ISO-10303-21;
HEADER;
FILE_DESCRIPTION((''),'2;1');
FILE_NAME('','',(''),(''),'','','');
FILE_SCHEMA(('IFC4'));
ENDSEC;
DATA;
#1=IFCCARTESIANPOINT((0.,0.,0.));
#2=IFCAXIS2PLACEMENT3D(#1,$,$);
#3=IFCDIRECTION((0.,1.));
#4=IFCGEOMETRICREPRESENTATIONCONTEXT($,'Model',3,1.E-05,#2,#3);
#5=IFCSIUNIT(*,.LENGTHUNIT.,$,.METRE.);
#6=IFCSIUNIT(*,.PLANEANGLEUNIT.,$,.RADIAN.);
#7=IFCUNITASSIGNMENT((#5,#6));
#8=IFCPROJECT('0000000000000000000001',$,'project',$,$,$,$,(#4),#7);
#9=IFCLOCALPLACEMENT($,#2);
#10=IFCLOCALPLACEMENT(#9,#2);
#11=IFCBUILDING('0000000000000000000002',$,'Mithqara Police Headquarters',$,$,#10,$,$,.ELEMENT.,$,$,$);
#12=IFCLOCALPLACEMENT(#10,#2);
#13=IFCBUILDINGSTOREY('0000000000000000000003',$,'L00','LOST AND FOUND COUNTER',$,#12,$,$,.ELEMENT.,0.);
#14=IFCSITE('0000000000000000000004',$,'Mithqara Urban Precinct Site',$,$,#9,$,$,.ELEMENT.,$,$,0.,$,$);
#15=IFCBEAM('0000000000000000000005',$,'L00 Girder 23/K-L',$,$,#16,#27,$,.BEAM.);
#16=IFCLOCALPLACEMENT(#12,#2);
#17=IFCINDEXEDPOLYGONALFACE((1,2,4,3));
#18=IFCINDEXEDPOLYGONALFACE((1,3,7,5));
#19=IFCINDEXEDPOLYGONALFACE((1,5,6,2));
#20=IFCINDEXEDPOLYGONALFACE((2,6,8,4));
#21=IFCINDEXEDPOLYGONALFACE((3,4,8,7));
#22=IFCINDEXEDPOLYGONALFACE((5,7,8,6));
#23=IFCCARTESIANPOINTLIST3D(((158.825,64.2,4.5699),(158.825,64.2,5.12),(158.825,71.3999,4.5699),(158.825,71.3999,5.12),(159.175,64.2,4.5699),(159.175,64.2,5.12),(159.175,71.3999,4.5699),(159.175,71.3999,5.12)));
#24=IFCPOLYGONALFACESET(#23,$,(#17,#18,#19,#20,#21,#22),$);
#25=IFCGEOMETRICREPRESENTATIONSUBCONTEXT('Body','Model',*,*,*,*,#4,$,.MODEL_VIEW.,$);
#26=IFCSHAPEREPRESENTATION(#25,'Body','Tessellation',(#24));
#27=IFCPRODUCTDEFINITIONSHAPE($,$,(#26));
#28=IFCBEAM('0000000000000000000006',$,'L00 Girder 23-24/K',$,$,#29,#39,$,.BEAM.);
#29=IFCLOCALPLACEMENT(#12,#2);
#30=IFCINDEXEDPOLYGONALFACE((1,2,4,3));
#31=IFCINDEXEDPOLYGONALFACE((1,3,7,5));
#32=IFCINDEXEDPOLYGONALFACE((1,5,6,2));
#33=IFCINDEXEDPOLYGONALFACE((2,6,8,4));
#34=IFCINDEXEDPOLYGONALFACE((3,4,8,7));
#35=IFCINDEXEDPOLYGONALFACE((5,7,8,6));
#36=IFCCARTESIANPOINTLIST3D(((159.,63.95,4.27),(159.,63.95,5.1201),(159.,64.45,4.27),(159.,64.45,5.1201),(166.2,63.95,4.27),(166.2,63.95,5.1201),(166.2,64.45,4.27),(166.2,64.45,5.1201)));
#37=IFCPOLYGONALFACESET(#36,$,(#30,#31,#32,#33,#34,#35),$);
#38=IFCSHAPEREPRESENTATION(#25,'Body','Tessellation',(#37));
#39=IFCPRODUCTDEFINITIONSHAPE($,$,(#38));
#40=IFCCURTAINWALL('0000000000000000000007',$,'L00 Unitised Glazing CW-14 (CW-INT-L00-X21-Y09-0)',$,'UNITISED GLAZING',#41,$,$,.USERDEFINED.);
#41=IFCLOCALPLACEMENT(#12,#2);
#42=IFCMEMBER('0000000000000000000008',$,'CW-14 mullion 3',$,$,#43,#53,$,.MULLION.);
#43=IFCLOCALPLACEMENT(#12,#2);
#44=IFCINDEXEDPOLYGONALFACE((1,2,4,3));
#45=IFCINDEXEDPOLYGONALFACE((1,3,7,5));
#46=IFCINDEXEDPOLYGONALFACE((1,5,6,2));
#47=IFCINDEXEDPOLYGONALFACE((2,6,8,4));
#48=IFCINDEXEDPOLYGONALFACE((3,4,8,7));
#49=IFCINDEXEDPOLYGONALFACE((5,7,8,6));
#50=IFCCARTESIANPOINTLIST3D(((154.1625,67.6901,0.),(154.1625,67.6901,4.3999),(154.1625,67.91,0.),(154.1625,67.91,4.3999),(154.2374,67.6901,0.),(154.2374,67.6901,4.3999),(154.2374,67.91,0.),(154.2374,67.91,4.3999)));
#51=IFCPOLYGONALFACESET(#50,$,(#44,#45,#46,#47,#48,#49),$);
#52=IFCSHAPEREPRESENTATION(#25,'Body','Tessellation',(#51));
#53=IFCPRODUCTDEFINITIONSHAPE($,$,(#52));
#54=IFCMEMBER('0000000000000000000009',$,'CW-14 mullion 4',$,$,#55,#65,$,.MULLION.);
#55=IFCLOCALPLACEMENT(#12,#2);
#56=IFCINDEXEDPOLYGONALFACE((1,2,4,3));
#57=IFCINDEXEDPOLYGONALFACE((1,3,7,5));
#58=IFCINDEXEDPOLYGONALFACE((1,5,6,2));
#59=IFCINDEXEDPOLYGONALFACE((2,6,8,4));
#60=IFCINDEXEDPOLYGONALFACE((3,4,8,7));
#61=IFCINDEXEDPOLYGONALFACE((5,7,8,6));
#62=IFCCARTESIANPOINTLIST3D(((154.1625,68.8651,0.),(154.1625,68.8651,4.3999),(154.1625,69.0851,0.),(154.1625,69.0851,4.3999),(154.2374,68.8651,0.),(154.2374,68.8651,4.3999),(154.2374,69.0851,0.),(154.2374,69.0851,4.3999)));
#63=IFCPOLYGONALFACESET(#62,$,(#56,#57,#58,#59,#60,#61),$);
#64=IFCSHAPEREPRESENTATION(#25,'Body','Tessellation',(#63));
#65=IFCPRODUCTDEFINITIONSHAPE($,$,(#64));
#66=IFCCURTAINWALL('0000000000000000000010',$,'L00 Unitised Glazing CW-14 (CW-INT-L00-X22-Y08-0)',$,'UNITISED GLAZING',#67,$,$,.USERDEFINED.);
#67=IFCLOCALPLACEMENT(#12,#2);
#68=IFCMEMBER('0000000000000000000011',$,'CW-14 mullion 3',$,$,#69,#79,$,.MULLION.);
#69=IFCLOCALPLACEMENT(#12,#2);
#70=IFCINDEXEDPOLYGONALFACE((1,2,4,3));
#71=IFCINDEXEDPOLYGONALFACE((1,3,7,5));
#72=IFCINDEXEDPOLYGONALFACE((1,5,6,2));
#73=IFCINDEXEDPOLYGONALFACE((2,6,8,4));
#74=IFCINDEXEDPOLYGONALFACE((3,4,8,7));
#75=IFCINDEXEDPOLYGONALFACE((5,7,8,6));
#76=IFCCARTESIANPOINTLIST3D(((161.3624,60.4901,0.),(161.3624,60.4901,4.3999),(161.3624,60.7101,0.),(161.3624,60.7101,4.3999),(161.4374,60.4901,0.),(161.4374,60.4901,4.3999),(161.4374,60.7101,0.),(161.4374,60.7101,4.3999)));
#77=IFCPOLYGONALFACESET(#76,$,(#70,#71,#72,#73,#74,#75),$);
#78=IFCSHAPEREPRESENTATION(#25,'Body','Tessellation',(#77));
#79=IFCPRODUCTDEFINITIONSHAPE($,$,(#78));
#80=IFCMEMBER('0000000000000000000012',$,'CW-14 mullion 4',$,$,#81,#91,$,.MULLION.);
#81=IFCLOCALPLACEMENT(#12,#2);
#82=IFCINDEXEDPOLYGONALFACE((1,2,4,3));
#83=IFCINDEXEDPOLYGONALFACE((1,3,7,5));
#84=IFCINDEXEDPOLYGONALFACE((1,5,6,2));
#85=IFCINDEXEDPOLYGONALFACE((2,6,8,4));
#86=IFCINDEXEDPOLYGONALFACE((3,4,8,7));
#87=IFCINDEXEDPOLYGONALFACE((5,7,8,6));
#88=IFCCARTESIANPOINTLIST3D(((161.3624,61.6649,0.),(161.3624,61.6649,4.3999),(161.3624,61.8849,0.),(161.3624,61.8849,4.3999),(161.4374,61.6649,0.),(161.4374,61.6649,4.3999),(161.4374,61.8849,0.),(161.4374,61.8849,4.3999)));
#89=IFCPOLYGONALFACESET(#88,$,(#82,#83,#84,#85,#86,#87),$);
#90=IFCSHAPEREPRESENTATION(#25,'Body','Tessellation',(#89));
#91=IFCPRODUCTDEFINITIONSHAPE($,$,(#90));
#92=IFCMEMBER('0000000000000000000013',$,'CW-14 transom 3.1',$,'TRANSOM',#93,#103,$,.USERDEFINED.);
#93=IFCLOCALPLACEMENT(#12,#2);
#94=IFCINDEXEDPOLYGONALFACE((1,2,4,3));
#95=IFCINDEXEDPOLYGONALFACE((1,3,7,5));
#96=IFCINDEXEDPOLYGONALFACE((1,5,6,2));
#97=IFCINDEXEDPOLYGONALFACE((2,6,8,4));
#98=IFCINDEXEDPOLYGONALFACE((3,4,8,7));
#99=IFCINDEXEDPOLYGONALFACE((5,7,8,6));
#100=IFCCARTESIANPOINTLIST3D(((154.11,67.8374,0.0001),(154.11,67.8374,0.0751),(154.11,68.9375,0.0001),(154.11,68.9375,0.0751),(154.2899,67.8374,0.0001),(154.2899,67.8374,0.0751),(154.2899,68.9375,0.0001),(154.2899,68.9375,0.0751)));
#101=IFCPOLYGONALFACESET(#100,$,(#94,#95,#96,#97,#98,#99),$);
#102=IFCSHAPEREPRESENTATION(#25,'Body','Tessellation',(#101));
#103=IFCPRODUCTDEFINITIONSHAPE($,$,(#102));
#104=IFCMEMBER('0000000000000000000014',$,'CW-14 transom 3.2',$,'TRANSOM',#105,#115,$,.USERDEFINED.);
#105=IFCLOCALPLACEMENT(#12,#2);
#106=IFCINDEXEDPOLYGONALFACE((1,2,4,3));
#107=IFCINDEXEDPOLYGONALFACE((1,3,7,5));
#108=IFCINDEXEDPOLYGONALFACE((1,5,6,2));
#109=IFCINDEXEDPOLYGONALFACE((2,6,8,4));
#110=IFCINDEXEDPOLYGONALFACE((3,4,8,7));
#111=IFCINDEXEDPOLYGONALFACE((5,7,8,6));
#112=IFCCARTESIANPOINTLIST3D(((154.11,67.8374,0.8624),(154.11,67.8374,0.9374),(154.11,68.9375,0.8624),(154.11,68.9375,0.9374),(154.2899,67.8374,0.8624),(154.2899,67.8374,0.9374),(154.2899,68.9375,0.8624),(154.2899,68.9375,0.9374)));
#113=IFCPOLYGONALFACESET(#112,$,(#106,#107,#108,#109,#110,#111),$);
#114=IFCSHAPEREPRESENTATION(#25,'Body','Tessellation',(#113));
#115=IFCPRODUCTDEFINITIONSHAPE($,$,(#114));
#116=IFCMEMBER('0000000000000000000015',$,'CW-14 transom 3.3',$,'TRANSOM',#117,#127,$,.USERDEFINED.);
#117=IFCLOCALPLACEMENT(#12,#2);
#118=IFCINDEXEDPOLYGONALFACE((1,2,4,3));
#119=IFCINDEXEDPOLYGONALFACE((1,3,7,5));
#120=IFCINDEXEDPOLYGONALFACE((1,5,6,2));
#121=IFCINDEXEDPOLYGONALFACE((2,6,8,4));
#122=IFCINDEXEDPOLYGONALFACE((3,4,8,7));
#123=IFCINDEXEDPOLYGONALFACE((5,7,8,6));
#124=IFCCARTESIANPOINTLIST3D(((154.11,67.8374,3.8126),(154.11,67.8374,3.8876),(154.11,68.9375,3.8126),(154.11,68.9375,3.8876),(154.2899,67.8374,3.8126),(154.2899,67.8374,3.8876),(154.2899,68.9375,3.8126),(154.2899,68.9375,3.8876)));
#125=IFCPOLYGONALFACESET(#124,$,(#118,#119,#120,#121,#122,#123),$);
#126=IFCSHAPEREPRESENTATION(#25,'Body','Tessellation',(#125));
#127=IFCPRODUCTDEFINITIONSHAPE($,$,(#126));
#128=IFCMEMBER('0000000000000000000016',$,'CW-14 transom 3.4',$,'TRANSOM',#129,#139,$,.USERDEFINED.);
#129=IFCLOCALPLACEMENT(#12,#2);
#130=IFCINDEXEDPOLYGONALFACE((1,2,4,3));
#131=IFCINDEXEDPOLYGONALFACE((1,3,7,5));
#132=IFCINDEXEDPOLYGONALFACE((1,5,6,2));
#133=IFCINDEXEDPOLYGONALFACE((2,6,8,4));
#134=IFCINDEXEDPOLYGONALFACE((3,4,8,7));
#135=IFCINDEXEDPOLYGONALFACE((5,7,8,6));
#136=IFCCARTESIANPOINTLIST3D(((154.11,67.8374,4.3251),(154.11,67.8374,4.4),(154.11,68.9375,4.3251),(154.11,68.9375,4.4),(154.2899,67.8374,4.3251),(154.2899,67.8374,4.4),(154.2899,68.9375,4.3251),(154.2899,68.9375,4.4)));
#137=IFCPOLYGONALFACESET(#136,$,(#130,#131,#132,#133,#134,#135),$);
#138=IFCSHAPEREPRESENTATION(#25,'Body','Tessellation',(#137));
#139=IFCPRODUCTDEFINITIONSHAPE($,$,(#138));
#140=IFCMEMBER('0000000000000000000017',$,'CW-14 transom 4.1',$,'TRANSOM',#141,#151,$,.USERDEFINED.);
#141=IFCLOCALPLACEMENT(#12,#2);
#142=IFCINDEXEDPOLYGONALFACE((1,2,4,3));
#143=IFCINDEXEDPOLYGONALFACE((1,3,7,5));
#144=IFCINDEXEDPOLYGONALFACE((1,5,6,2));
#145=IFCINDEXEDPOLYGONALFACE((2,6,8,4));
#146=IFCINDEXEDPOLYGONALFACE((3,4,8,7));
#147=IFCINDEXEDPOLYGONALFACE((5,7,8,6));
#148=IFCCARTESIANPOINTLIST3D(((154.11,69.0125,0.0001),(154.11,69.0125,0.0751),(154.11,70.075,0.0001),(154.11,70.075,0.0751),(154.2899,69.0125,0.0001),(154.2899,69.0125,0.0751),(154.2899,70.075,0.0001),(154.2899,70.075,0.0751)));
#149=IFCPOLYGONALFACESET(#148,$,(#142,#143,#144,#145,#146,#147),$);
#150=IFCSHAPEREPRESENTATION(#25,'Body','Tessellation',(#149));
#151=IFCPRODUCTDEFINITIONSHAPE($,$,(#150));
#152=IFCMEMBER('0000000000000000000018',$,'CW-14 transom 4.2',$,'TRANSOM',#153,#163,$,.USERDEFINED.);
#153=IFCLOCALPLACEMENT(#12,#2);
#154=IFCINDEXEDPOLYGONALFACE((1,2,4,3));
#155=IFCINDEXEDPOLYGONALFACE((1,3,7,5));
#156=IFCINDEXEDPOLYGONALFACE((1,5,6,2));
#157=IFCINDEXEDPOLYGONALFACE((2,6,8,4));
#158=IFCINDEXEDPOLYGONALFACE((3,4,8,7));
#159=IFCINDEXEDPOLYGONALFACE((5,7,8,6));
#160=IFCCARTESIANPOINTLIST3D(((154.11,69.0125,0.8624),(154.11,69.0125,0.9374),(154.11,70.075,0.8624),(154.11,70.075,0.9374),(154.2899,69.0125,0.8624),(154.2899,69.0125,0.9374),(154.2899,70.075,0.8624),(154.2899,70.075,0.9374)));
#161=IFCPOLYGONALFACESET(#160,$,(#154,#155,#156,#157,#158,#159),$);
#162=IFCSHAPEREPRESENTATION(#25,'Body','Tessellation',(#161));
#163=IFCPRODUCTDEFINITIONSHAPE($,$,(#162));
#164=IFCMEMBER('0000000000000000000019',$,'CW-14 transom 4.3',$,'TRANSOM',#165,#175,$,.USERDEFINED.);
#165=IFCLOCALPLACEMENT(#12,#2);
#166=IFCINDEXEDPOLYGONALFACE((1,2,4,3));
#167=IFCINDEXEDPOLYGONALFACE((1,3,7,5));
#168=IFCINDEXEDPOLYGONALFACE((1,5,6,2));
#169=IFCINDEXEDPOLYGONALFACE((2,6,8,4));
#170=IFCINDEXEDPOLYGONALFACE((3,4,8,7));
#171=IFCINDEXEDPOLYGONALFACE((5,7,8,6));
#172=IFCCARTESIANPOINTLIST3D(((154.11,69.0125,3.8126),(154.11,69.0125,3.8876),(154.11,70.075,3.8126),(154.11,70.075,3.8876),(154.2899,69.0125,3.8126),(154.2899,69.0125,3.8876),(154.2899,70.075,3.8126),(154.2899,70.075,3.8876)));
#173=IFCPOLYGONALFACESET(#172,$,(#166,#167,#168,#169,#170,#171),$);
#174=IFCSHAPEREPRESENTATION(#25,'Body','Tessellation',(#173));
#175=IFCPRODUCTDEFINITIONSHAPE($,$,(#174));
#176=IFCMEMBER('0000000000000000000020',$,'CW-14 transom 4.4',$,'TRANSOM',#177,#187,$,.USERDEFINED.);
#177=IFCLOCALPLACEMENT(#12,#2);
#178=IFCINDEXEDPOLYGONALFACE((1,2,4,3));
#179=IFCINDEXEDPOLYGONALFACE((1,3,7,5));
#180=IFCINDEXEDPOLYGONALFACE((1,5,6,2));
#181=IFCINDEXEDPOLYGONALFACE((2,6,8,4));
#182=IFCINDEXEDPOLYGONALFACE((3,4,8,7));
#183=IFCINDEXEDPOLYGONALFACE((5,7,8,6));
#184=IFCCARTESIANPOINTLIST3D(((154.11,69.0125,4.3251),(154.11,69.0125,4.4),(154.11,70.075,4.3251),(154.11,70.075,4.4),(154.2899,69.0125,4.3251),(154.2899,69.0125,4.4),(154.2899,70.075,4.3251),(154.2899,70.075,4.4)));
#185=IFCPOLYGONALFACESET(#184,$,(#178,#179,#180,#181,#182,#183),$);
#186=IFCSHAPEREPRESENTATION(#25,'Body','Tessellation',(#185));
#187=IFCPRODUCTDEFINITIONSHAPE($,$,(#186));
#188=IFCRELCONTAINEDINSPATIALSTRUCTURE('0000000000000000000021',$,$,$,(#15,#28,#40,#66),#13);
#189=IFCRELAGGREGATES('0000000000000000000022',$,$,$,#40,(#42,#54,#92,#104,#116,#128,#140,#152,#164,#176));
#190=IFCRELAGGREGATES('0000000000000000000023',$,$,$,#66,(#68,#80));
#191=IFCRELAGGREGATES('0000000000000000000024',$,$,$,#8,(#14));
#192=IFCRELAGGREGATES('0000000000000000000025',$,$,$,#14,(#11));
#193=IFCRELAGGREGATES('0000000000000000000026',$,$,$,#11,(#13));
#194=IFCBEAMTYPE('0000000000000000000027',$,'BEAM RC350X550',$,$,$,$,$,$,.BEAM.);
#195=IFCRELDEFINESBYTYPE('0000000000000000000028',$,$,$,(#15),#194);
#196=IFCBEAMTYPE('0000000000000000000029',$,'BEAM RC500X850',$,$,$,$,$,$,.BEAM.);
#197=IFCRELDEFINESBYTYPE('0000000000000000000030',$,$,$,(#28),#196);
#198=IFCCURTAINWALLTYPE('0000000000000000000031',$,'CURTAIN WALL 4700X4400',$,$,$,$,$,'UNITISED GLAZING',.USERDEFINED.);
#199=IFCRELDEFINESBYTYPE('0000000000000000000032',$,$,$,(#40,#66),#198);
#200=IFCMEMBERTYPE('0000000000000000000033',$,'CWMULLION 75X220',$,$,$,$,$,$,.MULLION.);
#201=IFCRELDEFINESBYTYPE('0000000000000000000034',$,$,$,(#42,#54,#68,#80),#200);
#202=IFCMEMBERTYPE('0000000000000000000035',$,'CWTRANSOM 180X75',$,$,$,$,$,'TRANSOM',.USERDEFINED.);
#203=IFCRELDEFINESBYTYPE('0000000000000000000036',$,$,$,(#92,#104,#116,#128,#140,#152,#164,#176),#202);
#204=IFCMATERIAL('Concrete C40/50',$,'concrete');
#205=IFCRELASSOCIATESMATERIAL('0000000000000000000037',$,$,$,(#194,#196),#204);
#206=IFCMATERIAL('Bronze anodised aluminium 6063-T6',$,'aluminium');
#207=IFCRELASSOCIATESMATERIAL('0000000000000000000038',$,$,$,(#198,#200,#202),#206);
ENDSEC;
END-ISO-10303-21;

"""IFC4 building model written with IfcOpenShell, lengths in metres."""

from ifc_helpers import new_model, si_unit, direction, frame, origin, origin_2d, place, context, subcontext, project, spatial, rectangle, extrude, material, material_profile, profile_set, type_object, element, aggregate, save


model = new_model("IFC4")

# Units and contexts
model_context = context("Model", 3, precision=1e-05, world=origin(), true_north=direction((0.0, 1.0)))
body_context = subcontext(model_context, "Body", "Model", "MODEL_VIEW")
ifc_project = project(units=[si_unit("LENGTHUNIT", "METRE"), si_unit("PLANEANGLEUNIT", "RADIAN")], contexts=[model_context])

# Site, building, storey
site_placement = place(None, origin())
site = spatial("IfcSite", under=ifc_project, at=site_placement, Name="Mithqara Urban Precinct Site", CompositionType="ELEMENT", RefElevation=0.0)
building_placement = place(site_placement, origin())
building = spatial("IfcBuilding", under=site, at=building_placement, Name="Mithqara Police Headquarters", CompositionType="ELEMENT")
storey_placement = place(building_placement, origin())
storey = spatial("IfcBuildingStorey", under=building, at=storey_placement, Name="L00", Description="LOST AND FOUND COUNTER", CompositionType="ELEMENT", Elevation=0.0)

# Beams
ifc_material_1 = material(Name="Concrete C40/50", Category="concrete")
ifc_material_profile_1 = material_profile(ifc_material_1, rectangle(XDim=0.3501, YDim=0.55, at=origin_2d()), Name="RC 350x550")
ifc_profile_set_1 = profile_set([ifc_material_profile_1], Name="Concrete C40/50")
beam_type_1 = type_object("IfcBeamType", Name="BEAM RC350X550", PredefinedType="BEAM", material=ifc_profile_set_1)
beam_1_placement = place(storey_placement, frame((159.0, 64.2, 4.845), z_axis=(0.0, 1.0, 0.0), x_axis=(-1.0, 0.0, 0.0)))
element("IfcBeam", 1, at=beam_1_placement, inside=storey, type_object=beam_type_1, Name="L00 Girder 23/K-L", PredefinedType="BEAM", context=body_context, shape_type="SweptSolid", body=[
    extrude(rectangle(XDim=0.3501, YDim=0.55, at=origin_2d()), origin(), (0.0, 0.0, 1.0), 7.2),
])
ifc_material_profile_2 = material_profile(ifc_material_1, rectangle(XDim=0.5, YDim=0.8501, at=origin_2d()), Name="RC 500x850")
ifc_profile_set_2 = profile_set([ifc_material_profile_2], Name="Concrete C40/50")
beam_type_2 = type_object("IfcBeamType", Name="BEAM RC500X850", PredefinedType="BEAM", material=ifc_profile_set_2)
beam_2_placement = place(storey_placement, frame((159.0, 64.2, 4.6951), z_axis=(1.0, 0.0, 0.0), x_axis=(0.0, 1.0, 0.0)))
element("IfcBeam", 2, at=beam_2_placement, inside=storey, type_object=beam_type_2, Name="L00 Girder 23-24/K", PredefinedType="BEAM", context=body_context, shape_type="SweptSolid", body=[
    extrude(rectangle(XDim=0.5, YDim=0.8501, at=origin_2d()), origin(), (0.0, 0.0, 1.0), 7.2),
])

# Curtain walls, members
ifc_material_2 = material(Name="Bronze anodised aluminium 6063-T6", Category="aluminium")
curtain_wall_type = type_object("IfcCurtainWallType", Name="CURTAIN WALL 4700X4400", ElementType="UNITISED GLAZING", PredefinedType="USERDEFINED", material=ifc_material_2)
curtain_wall_1_placement = place(storey_placement, origin())
curtain_wall_1 = element("IfcCurtainWall", 3, at=curtain_wall_1_placement, inside=storey, type_object=curtain_wall_type, Name="L00 Unitised Glazing CW-14 (CW-INT-L00-X21-Y09-0)", ObjectType="UNITISED GLAZING", PredefinedType="USERDEFINED")
ifc_material_profile_3 = material_profile(ifc_material_2, rectangle(XDim=0.075, YDim=0.22, at=origin_2d()), Name="CWM 75x220")
ifc_profile_set_3 = profile_set([ifc_material_profile_3], Name="Bronze anodised aluminium 6063-T6")
member_type_1 = type_object("IfcMemberType", Name="CWMULLION 75X220", PredefinedType="MULLION", material=ifc_profile_set_3)
member_1_placement = place(storey_placement, frame((154.2, 67.8, 0.0), z_axis=(0.0, 0.0, 1.0), x_axis=(-1.0, 0.0, 0.0)))
member_1 = element("IfcMember", 4, at=member_1_placement, type_object=member_type_1, Name="CW-14 mullion 3", PredefinedType="MULLION", context=body_context, shape_type="SweptSolid", body=[
    extrude(rectangle(XDim=0.075, YDim=0.22, at=origin_2d()), origin(), (0.0, 0.0, 1.0), 4.3999),
])
member_2_placement = place(storey_placement, frame((154.2, 68.9751, 0.0), z_axis=(0.0, 0.0, 1.0), x_axis=(-1.0, 0.0, 0.0)))
member_2 = element("IfcMember", 5, at=member_2_placement, type_object=member_type_1, Name="CW-14 mullion 4", PredefinedType="MULLION", context=body_context, shape_type="SweptSolid", body=[
    extrude(rectangle(XDim=0.075, YDim=0.22, at=origin_2d()), origin(), (0.0, 0.0, 1.0), 4.3999),
])
curtain_wall_2_placement = place(storey_placement, origin())
curtain_wall_2 = element("IfcCurtainWall", 6, at=curtain_wall_2_placement, inside=storey, type_object=curtain_wall_type, Name="L00 Unitised Glazing CW-14 (CW-INT-L00-X22-Y08-0)", ObjectType="UNITISED GLAZING", PredefinedType="USERDEFINED")
member_3_placement = place(storey_placement, frame((161.3999, 60.6001, 0.0), z_axis=(0.0, 0.0, 1.0), x_axis=(-1.0, 0.0, 0.0)))
member_3 = element("IfcMember", 7, at=member_3_placement, type_object=member_type_1, Name="CW-14 mullion 3", PredefinedType="MULLION", context=body_context, shape_type="SweptSolid", body=[
    extrude(rectangle(XDim=0.075, YDim=0.22, at=origin_2d()), origin(), (0.0, 0.0, 1.0), 4.3999),
])
member_4_placement = place(storey_placement, frame((161.3999, 61.7749, 0.0), z_axis=(0.0, 0.0, 1.0), x_axis=(-1.0, 0.0, 0.0)))
member_4 = element("IfcMember", 8, at=member_4_placement, type_object=member_type_1, Name="CW-14 mullion 4", PredefinedType="MULLION", context=body_context, shape_type="SweptSolid", body=[
    extrude(rectangle(XDim=0.075, YDim=0.22, at=origin_2d()), origin(), (0.0, 0.0, 1.0), 4.3999),
])

# Members
ifc_material_profile_4 = material_profile(ifc_material_2, rectangle(XDim=0.1799, YDim=0.075, at=origin_2d()), Name="CWT 180x75")
ifc_profile_set_4 = profile_set([ifc_material_profile_4], Name="Bronze anodised aluminium 6063-T6")
member_type_2 = type_object("IfcMemberType", Name="CWTRANSOM 180X75", ElementType="TRANSOM", PredefinedType="USERDEFINED", material=ifc_profile_set_4)
member_5_placement = place(storey_placement, frame((154.2, 67.8374, 0.0376), z_axis=(0.0, 1.0, 0.0), x_axis=(-1.0, 0.0, 0.0)))
member_5 = element("IfcMember", 9, at=member_5_placement, type_object=member_type_2, Name="CW-14 transom 3.1", ObjectType="TRANSOM", PredefinedType="USERDEFINED", context=body_context, shape_type="SweptSolid", body=[
    extrude(rectangle(XDim=0.1799, YDim=0.075, at=origin_2d()), origin(), (0.0, 0.0, 1.0), 1.1001),
])
member_6_placement = place(storey_placement, frame((154.2, 67.8374, 0.8999), z_axis=(0.0, 1.0, 0.0), x_axis=(-1.0, 0.0, 0.0)))
member_6 = element("IfcMember", 10, at=member_6_placement, type_object=member_type_2, Name="CW-14 transom 3.2", ObjectType="TRANSOM", PredefinedType="USERDEFINED", context=body_context, shape_type="SweptSolid", body=[
    extrude(rectangle(XDim=0.1799, YDim=0.075, at=origin_2d()), origin(), (0.0, 0.0, 1.0), 1.1001),
])
member_7_placement = place(storey_placement, frame((154.2, 67.8374, 3.8501), z_axis=(0.0, 1.0, 0.0), x_axis=(-1.0, 0.0, 0.0)))
member_7 = element("IfcMember", 11, at=member_7_placement, type_object=member_type_2, Name="CW-14 transom 3.3", ObjectType="TRANSOM", PredefinedType="USERDEFINED", context=body_context, shape_type="SweptSolid", body=[
    extrude(rectangle(XDim=0.1799, YDim=0.075, at=origin_2d()), origin(), (0.0, 0.0, 1.0), 1.1001),
])
member_8_placement = place(storey_placement, frame((154.2, 67.8374, 4.3625), z_axis=(0.0, 1.0, 0.0), x_axis=(-1.0, 0.0, 0.0)))
member_8 = element("IfcMember", 12, at=member_8_placement, type_object=member_type_2, Name="CW-14 transom 3.4", ObjectType="TRANSOM", PredefinedType="USERDEFINED", context=body_context, shape_type="SweptSolid", body=[
    extrude(rectangle(XDim=0.1799, YDim=0.075, at=origin_2d()), origin(), (0.0, 0.0, 1.0), 1.1001),
])
member_9_placement = place(storey_placement, frame((154.2, 69.0125, 0.0376), z_axis=(0.0, 1.0, 0.0), x_axis=(-1.0, 0.0, 0.0)))
member_9 = element("IfcMember", 13, at=member_9_placement, type_object=member_type_2, Name="CW-14 transom 4.1", ObjectType="TRANSOM", PredefinedType="USERDEFINED", context=body_context, shape_type="SweptSolid", body=[
    extrude(rectangle(XDim=0.1799, YDim=0.075, at=origin_2d()), origin(), (0.0, 0.0, 1.0), 1.0625),
])
member_10_placement = place(storey_placement, frame((154.2, 69.0125, 0.8999), z_axis=(0.0, 1.0, 0.0), x_axis=(-1.0, 0.0, 0.0)))
member_10 = element("IfcMember", 14, at=member_10_placement, type_object=member_type_2, Name="CW-14 transom 4.2", ObjectType="TRANSOM", PredefinedType="USERDEFINED", context=body_context, shape_type="SweptSolid", body=[
    extrude(rectangle(XDim=0.1799, YDim=0.075, at=origin_2d()), origin(), (0.0, 0.0, 1.0), 1.0625),
])
member_11_placement = place(storey_placement, frame((154.2, 69.0125, 3.8501), z_axis=(0.0, 1.0, 0.0), x_axis=(-1.0, 0.0, 0.0)))
member_11 = element("IfcMember", 15, at=member_11_placement, type_object=member_type_2, Name="CW-14 transom 4.3", ObjectType="TRANSOM", PredefinedType="USERDEFINED", context=body_context, shape_type="SweptSolid", body=[
    extrude(rectangle(XDim=0.1799, YDim=0.075, at=origin_2d()), origin(), (0.0, 0.0, 1.0), 1.0625),
])
member_12_placement = place(storey_placement, frame((154.2, 69.0125, 4.3625), z_axis=(0.0, 1.0, 0.0), x_axis=(-1.0, 0.0, 0.0)))
member_12 = element("IfcMember", 16, at=member_12_placement, type_object=member_type_2, Name="CW-14 transom 4.4", ObjectType="TRANSOM", PredefinedType="USERDEFINED", context=body_context, shape_type="SweptSolid", body=[
    extrude(rectangle(XDim=0.1799, YDim=0.075, at=origin_2d()), origin(), (0.0, 0.0, 1.0), 1.0625),
])

aggregate(curtain_wall_1, [member_1, member_2, member_5, member_6, member_7, member_8, member_9, member_10, member_11, member_12])
aggregate(curtain_wall_2, [member_3, member_4])

save(model, "model.ifc")
